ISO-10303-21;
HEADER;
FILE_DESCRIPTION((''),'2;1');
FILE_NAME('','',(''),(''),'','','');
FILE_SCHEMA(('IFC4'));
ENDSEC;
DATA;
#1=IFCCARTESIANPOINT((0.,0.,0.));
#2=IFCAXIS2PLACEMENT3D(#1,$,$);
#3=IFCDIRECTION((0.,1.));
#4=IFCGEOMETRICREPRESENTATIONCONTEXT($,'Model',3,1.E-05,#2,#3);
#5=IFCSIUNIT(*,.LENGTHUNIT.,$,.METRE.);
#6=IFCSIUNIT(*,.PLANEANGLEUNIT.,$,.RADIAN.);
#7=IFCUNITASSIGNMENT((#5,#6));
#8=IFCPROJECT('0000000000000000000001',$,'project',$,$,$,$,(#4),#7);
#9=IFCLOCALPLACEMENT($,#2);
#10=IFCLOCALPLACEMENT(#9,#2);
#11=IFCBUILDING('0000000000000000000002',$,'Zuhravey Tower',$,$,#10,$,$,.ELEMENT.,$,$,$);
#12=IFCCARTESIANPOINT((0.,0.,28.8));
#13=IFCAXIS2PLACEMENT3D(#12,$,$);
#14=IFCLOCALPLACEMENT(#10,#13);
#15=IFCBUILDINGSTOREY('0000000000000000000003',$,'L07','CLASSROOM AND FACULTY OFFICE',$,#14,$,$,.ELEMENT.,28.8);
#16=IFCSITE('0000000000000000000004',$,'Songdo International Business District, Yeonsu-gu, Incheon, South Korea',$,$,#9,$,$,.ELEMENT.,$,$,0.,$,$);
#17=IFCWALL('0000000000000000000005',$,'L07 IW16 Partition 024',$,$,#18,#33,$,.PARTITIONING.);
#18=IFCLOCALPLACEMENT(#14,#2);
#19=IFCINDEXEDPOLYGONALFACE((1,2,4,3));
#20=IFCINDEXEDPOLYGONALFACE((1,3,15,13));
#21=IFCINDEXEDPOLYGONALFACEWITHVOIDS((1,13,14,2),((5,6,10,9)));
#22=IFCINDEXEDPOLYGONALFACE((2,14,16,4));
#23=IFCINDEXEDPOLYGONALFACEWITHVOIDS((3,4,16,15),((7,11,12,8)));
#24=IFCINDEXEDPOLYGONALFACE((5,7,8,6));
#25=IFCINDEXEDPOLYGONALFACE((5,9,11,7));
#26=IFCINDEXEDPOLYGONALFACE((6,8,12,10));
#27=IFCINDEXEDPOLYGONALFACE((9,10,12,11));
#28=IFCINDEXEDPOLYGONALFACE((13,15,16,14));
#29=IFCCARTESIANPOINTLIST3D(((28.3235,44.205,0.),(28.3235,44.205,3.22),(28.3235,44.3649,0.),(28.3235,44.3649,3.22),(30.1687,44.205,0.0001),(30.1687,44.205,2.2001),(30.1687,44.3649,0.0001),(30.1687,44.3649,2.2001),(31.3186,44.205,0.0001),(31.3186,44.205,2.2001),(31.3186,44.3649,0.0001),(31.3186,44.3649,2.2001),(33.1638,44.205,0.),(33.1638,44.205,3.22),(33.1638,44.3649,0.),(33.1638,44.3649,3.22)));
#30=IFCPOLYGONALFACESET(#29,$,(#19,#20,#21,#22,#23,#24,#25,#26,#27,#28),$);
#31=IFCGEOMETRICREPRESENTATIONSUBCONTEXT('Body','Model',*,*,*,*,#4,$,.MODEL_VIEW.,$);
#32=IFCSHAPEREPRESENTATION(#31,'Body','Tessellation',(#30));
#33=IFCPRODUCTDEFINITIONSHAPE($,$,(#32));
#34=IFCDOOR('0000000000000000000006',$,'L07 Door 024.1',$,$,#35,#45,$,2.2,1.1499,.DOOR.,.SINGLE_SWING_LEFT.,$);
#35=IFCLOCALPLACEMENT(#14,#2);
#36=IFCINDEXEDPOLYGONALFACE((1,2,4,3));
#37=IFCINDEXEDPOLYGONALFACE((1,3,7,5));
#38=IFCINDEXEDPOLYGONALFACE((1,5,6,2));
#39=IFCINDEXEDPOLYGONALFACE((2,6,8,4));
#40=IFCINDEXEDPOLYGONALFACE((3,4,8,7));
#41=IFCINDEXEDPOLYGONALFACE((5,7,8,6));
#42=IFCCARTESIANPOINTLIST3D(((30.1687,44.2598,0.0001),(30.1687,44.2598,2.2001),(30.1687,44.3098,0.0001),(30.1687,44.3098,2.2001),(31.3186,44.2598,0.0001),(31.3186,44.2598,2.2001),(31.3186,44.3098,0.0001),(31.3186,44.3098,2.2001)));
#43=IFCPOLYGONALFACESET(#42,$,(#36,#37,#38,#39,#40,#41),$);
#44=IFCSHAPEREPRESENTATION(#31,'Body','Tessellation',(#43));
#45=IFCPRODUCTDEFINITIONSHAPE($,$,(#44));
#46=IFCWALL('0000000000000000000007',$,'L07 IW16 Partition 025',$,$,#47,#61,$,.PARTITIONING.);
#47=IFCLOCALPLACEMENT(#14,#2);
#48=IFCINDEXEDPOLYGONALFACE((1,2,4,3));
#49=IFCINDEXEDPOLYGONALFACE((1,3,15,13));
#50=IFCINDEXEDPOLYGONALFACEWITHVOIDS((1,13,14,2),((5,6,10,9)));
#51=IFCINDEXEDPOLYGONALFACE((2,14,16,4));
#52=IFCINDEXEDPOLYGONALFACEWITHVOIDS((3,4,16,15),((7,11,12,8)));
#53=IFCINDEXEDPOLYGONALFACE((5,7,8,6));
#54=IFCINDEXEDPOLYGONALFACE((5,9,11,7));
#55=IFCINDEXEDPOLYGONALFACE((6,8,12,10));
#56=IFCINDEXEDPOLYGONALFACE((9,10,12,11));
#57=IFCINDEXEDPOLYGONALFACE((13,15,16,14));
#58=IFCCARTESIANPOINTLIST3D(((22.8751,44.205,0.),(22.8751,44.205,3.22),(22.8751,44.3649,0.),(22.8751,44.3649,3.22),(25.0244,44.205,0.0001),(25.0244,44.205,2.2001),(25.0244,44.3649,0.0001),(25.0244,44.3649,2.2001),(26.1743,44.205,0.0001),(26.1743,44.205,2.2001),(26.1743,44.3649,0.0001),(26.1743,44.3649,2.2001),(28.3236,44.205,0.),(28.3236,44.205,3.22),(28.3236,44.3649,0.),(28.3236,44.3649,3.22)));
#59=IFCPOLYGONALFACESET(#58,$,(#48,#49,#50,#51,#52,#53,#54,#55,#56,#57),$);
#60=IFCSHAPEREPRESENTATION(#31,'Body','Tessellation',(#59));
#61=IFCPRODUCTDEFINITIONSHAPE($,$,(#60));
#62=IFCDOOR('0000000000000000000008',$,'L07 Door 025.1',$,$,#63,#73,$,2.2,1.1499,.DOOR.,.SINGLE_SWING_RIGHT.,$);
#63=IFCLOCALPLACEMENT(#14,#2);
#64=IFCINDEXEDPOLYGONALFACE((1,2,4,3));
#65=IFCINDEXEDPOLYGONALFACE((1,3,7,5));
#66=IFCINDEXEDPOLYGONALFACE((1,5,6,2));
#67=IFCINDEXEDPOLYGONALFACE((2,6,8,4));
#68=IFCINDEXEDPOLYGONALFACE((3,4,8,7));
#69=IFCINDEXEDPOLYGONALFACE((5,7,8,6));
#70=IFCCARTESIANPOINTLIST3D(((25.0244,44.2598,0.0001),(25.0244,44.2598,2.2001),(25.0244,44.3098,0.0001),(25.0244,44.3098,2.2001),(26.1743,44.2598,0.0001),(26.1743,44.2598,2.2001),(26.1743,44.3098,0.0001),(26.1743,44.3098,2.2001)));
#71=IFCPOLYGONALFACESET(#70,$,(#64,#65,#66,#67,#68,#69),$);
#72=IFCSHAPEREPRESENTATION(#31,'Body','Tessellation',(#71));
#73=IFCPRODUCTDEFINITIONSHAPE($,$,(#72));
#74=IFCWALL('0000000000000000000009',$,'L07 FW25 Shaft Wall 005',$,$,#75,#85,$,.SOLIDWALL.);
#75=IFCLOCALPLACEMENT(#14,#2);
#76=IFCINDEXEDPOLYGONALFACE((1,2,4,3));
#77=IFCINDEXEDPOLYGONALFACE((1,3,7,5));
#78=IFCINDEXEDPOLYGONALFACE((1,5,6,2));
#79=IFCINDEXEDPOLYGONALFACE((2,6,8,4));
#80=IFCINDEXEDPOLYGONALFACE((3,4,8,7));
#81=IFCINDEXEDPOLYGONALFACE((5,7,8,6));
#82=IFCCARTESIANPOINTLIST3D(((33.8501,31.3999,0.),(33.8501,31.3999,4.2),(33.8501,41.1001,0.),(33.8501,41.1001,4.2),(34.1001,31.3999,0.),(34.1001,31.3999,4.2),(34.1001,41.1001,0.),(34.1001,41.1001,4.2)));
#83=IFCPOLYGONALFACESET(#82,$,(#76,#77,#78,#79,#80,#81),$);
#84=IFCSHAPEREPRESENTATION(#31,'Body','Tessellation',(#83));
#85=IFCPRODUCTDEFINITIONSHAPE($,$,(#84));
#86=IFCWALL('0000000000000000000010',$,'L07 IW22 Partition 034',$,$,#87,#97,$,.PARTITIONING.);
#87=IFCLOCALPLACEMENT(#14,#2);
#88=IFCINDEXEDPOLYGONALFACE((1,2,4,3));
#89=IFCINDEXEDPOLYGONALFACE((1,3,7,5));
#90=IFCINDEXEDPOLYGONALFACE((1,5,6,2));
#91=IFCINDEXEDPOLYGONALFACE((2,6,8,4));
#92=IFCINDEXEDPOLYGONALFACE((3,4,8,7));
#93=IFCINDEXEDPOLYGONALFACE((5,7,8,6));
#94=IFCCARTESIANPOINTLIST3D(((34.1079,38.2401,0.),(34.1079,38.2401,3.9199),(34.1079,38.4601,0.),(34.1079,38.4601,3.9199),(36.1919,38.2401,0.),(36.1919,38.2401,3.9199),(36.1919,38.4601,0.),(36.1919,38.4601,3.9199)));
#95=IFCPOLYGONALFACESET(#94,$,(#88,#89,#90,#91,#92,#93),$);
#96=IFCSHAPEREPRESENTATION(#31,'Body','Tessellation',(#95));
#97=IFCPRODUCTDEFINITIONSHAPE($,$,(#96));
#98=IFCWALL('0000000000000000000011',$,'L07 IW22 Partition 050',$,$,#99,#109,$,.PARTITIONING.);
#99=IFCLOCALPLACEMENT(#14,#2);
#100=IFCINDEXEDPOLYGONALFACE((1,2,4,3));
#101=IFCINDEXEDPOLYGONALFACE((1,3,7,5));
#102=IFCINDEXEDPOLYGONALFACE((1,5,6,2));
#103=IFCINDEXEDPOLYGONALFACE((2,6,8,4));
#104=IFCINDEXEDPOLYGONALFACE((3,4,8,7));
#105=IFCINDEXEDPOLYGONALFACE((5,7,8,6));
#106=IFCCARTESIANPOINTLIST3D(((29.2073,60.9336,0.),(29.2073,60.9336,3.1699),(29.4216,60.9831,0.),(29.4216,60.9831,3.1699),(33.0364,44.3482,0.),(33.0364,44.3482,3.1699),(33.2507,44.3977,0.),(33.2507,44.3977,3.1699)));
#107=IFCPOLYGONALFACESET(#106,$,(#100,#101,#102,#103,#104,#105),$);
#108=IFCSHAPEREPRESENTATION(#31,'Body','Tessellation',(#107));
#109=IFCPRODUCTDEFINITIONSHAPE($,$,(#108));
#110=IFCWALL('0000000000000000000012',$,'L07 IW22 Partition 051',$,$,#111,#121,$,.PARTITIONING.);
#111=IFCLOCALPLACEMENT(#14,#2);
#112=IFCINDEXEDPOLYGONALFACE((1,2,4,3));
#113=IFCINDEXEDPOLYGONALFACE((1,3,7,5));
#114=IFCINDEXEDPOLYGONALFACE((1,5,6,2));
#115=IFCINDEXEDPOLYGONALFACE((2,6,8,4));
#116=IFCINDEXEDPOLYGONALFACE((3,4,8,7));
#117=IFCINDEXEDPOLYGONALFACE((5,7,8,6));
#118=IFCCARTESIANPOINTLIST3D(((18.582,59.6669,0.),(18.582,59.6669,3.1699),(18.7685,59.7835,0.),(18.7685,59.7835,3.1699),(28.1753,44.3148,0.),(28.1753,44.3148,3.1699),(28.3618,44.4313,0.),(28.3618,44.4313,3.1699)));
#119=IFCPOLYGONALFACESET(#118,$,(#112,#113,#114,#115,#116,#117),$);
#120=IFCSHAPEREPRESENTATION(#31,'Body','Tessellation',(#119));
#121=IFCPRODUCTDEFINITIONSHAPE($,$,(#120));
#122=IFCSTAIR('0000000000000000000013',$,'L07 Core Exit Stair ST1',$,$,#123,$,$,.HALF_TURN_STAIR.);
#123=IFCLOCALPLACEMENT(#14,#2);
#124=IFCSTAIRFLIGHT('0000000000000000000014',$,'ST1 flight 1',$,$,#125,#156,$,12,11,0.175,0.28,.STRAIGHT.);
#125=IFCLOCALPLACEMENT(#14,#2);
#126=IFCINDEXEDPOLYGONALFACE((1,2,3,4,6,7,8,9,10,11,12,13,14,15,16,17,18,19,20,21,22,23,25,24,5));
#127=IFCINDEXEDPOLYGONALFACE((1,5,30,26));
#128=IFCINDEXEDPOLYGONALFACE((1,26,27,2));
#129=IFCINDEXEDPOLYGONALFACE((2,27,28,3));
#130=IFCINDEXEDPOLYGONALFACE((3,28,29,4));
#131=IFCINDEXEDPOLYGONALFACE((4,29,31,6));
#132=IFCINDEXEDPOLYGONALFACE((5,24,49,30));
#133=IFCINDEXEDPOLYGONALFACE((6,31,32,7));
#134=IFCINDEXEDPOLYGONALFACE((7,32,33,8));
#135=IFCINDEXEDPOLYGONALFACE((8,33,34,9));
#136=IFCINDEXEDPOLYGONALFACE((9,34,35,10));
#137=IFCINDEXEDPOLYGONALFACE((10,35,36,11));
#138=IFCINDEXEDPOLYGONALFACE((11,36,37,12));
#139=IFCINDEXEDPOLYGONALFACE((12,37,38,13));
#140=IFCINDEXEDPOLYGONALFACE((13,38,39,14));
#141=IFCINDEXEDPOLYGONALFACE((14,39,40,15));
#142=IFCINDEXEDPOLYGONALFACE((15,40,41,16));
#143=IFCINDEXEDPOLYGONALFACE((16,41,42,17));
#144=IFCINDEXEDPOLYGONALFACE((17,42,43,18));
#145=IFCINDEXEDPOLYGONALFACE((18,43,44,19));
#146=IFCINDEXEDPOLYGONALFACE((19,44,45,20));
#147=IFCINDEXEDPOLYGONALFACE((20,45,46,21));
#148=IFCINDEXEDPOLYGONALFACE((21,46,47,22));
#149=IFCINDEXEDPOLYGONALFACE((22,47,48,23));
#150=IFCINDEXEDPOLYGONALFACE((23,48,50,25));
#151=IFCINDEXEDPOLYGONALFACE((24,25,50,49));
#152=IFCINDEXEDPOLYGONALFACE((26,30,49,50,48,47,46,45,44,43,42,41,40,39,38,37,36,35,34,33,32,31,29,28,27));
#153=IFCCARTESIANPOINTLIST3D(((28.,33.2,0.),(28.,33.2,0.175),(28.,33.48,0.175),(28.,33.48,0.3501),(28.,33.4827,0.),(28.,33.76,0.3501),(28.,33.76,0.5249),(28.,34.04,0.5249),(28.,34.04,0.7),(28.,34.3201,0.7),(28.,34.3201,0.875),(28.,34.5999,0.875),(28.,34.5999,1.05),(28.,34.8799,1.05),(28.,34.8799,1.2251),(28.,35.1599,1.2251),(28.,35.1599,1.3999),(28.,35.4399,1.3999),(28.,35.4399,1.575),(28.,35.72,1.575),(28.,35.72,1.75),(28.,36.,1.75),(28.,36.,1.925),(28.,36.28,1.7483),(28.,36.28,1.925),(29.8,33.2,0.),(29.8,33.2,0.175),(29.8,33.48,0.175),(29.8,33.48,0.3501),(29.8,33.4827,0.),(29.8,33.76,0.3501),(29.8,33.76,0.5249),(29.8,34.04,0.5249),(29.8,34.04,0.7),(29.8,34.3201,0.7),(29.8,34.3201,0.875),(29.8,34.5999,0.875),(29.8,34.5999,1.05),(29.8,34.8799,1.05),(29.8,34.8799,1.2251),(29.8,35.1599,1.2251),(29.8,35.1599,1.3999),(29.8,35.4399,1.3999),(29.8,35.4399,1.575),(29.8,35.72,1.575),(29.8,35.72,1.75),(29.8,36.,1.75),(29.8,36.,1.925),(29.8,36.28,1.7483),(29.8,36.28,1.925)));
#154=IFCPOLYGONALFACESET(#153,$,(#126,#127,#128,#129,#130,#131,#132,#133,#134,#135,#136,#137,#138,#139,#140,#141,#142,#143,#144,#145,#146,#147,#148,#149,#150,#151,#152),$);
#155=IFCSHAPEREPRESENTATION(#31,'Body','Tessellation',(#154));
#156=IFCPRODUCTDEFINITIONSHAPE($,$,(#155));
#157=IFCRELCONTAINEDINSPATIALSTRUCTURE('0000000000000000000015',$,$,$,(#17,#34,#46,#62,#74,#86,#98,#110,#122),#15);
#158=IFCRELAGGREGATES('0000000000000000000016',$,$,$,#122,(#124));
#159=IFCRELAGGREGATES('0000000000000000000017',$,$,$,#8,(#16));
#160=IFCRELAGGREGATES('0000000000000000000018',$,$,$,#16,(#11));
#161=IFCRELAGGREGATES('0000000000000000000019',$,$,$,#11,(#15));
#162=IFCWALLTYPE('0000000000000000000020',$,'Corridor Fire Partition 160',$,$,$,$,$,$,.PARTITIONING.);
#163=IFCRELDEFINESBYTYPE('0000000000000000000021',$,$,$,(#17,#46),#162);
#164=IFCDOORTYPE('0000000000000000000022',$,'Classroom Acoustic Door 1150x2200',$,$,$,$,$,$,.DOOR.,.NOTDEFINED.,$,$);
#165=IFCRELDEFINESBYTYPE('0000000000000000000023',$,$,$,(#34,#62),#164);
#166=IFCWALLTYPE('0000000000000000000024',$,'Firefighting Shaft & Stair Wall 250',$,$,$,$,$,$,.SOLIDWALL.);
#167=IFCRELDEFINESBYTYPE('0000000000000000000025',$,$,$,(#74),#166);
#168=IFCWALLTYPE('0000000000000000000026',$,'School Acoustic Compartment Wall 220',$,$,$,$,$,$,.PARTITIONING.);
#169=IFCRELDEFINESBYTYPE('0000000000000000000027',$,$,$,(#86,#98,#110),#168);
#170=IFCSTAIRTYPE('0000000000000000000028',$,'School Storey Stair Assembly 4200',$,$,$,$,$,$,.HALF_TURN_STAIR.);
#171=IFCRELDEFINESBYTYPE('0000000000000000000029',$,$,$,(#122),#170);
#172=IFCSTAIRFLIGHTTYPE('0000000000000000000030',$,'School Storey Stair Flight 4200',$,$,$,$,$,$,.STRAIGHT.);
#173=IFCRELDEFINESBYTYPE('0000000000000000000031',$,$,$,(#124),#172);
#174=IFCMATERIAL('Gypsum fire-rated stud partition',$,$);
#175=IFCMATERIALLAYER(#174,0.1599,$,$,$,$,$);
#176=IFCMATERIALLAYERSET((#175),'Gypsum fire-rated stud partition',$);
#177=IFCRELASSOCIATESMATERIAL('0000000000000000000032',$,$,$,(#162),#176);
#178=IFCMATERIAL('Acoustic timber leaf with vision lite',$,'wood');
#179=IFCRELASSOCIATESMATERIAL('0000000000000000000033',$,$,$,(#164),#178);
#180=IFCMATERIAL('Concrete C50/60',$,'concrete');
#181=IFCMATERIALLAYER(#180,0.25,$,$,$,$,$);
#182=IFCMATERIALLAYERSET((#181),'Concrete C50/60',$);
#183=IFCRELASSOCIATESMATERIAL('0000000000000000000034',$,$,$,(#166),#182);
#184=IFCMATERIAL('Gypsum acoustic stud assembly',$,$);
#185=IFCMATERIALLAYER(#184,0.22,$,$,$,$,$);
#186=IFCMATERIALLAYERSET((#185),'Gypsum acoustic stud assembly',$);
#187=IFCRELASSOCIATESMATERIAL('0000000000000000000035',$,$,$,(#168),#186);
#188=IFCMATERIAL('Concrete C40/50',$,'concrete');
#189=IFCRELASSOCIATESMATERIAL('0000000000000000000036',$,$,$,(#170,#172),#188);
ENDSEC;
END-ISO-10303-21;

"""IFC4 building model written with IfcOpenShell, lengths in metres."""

from ifc_helpers import new_model, si_unit, direction, frame, frame_2d, origin, place, context, subcontext, project, spatial, polyline, rectangle, outline, extrude, material, layer, layer_set, type_object, element, fill, aggregate, save


model = new_model("IFC4")

# Units and contexts
model_context = context("Model", 3, precision=1e-05, world=origin(), true_north=direction((0.0, 1.0)))
body_context = subcontext(model_context, "Body", "Model", "MODEL_VIEW")
ifc_project = project(units=[si_unit("LENGTHUNIT", "METRE"), si_unit("PLANEANGLEUNIT", "RADIAN")], contexts=[model_context])

# Site, building, storey
site_placement = place(None, origin())
site = spatial("IfcSite", under=ifc_project, at=site_placement, Name="Songdo International Business District, Yeonsu-gu, Incheon, South Korea", CompositionType="ELEMENT", RefElevation=0.0)
building_placement = place(site_placement, origin())
building = spatial("IfcBuilding", under=site, at=building_placement, Name="Zuhravey Tower", CompositionType="ELEMENT")
storey_placement = place(building_placement, frame((0.0, 0.0, 28.8)))
storey = spatial("IfcBuildingStorey", under=building, at=storey_placement, Name="L07", Description="CLASSROOM AND FACULTY OFFICE", CompositionType="ELEMENT", Elevation=28.8)

# Walls, openings, doors
ifc_material_1 = material(Name="Gypsum fire-rated stud partition")
ifc_layer_1 = layer(ifc_material_1, 0.1599)
ifc_layer_set_1 = layer_set([ifc_layer_1], Name="Gypsum fire-rated stud partition")
wall_type_1 = type_object("IfcWallType", Name="Corridor Fire Partition 160", PredefinedType="PARTITIONING", material=ifc_layer_set_1)
wall_1_placement = place(storey_placement, frame((33.1638, 44.2849, 0.0), z_axis=(0.0, 0.0, 1.0), x_axis=(-1.0, 0.0, 0.0)))
wall_1 = element("IfcWall", 1, at=wall_1_placement, inside=storey, type_object=wall_type_1, Name="L07 IW16 Partition 024", PredefinedType="PARTITIONING", context=body_context, shape_type="SweptSolid", body=[
    extrude(rectangle(XDim=4.8403, YDim=0.1599, at=frame_2d((2.4202, 0.0))), origin(), (0.0, 0.0, 1.0), 3.22),
])
opening_1_placement = place(wall_1_placement, frame((1.8452, 0.0, 0.0)))
opening_1 = element("IfcOpeningElement", 2, at=opening_1_placement, cuts=wall_1, PredefinedType="OPENING", context=body_context, shape_type="SweptSolid", body=[
    extrude(rectangle(XDim=1.1499, YDim=2.2, at=frame_2d((0.575, 1.1001))), frame((0.0, 0.092, 0.0), z_axis=(0.0, -1.0, 0.0), x_axis=(1.0, 0.0, 0.0)), (0.0, 0.0, 1.0), 0.1838),
])
ifc_material_2 = material(Name="Acoustic timber leaf with vision lite", Category="wood")
door_type = type_object("IfcDoorType", Name="Classroom Acoustic Door 1150x2200", OperationType="NOTDEFINED", PredefinedType="DOOR", material=ifc_material_2)
door_1_placement = place(opening_1_placement, frame((1.1499, 0.0, 0.0), z_axis=(0.0, 0.0, 1.0), x_axis=(-1.0, 0.0, 0.0)))
door_1 = element("IfcDoor", 3, at=door_1_placement, inside=storey, type_object=door_type, Name="L07 Door 024.1", OperationType="SINGLE_SWING_LEFT", OverallHeight=2.2, OverallWidth=1.1499, PredefinedType="DOOR", context=body_context, shape_type="SweptSolid", body=[
    extrude(rectangle(XDim=1.1499, YDim=2.2, at=frame_2d((0.575, 1.1001))), frame((0.0, 0.0249, 0.0), z_axis=(0.0, -1.0, 0.0), x_axis=(1.0, 0.0, 0.0)), (0.0, 0.0, 1.0), 0.05),
])
fill(opening_1, door_1)
wall_2_placement = place(storey_placement, frame((28.3235, 44.2849, 0.0), z_axis=(0.0, 0.0, 1.0), x_axis=(-1.0, 0.0, 0.0)))
wall_2 = element("IfcWall", 4, at=wall_2_placement, inside=storey, type_object=wall_type_1, Name="L07 IW16 Partition 025", PredefinedType="PARTITIONING", context=body_context, shape_type="SweptSolid", body=[
    extrude(rectangle(XDim=5.4485, YDim=0.1599, at=frame_2d((2.7241, 0.0))), origin(), (0.0, 0.0, 1.0), 3.22),
])
opening_2_placement = place(wall_2_placement, frame((2.1492, 0.0, 0.0)))
opening_2 = element("IfcOpeningElement", 5, at=opening_2_placement, cuts=wall_2, PredefinedType="OPENING", context=body_context, shape_type="SweptSolid", body=[
    extrude(rectangle(XDim=1.1499, YDim=2.2, at=frame_2d((0.575, 1.1001))), frame((0.0, 0.092, 0.0), z_axis=(0.0, -1.0, 0.0), x_axis=(1.0, 0.0, 0.0)), (0.0, 0.0, 1.0), 0.1838),
])
door_2_placement = place(opening_2_placement, frame((1.1499, 0.0, 0.0), z_axis=(0.0, 0.0, 1.0), x_axis=(-1.0, 0.0, 0.0)))
door_2 = element("IfcDoor", 6, at=door_2_placement, inside=storey, type_object=door_type, Name="L07 Door 025.1", OperationType="SINGLE_SWING_RIGHT", OverallHeight=2.2, OverallWidth=1.1499, PredefinedType="DOOR", context=body_context, shape_type="SweptSolid", body=[
    extrude(rectangle(XDim=1.1499, YDim=2.2, at=frame_2d((0.575, 1.1001))), frame((0.0, 0.0249, 0.0), z_axis=(0.0, -1.0, 0.0), x_axis=(1.0, 0.0, 0.0)), (0.0, 0.0, 1.0), 0.05),
])
fill(opening_2, door_2)

# Walls
ifc_material_3 = material(Name="Concrete C50/60", Category="concrete")
ifc_layer_2 = layer(ifc_material_3, 0.25)
ifc_layer_set_2 = layer_set([ifc_layer_2], Name="Concrete C50/60")
wall_type_2 = type_object("IfcWallType", Name="Firefighting Shaft & Stair Wall 250", PredefinedType="SOLIDWALL", material=ifc_layer_set_2)
wall_3_placement = place(storey_placement, frame((33.9751, 31.3999, 0.0), z_axis=(0.0, 0.0, 1.0), x_axis=(0.0, 1.0, 0.0)))
element("IfcWall", 7, at=wall_3_placement, inside=storey, type_object=wall_type_2, Name="L07 FW25 Shaft Wall 005", PredefinedType="SOLIDWALL", context=body_context, shape_type="SweptSolid", body=[
    extrude(rectangle(XDim=9.7002, YDim=0.25, at=frame_2d((4.8501, 0.0))), origin(), (0.0, 0.0, 1.0), 4.2),
])
ifc_material_4 = material(Name="Gypsum acoustic stud assembly")
ifc_layer_3 = layer(ifc_material_4, 0.22)
ifc_layer_set_3 = layer_set([ifc_layer_3], Name="Gypsum acoustic stud assembly")
wall_type_3 = type_object("IfcWallType", Name="School Acoustic Compartment Wall 220", PredefinedType="PARTITIONING", material=ifc_layer_set_3)
wall_4_placement = place(storey_placement, frame((34.1079, 38.3501, 0.0), z_axis=(0.0, 0.0, 1.0), x_axis=(1.0, 0.0, 0.0)))
element("IfcWall", 8, at=wall_4_placement, inside=storey, type_object=wall_type_3, Name="L07 IW22 Partition 034", PredefinedType="PARTITIONING", context=body_context, shape_type="SweptSolid", body=[
    extrude(rectangle(XDim=2.084, YDim=0.22, at=frame_2d((1.042, 0.0))), origin(), (0.0, 0.0, 1.0), 3.9199),
])
wall_5_placement = place(storey_placement, frame((33.1436, 44.373, 0.0), z_axis=(0.0, 0.0, 1.0), x_axis=(-0.224954, 0.974369, 0.0)))
element("IfcWall", 9, at=wall_5_placement, inside=storey, type_object=wall_type_3, Name="L07 IW22 Partition 050", PredefinedType="PARTITIONING", context=body_context, shape_type="SweptSolid", body=[
    extrude(rectangle(XDim=17.0217, YDim=0.22, at=frame_2d((8.5107, 0.0))), origin(), (0.0, 0.0, 1.0), 3.1699),
])
wall_6_placement = place(storey_placement, frame((28.2686, 44.373, 0.0), z_axis=(0.0, 0.0, 1.0), x_axis=(-0.529929, 0.848042, 0.0)))
element("IfcWall", 10, at=wall_6_placement, inside=storey, type_object=wall_type_3, Name="L07 IW22 Partition 051", PredefinedType="PARTITIONING", context=body_context, shape_type="SweptSolid", body=[
    extrude(rectangle(XDim=18.103, YDim=0.22, at=frame_2d((9.0515, 0.0))), origin(), (0.0, 0.0, 1.0), 3.1699),
])

# Stair, stair flight
ifc_material_5 = material(Name="Concrete C40/50", Category="concrete")
stair_type = type_object("IfcStairType", Name="School Storey Stair Assembly 4200", PredefinedType="HALF_TURN_STAIR", material=ifc_material_5)
stair_1_placement = place(storey_placement, origin())
stair_1 = element("IfcStair", 11, at=stair_1_placement, inside=storey, type_object=stair_type, Name="L07 Core Exit Stair ST1", PredefinedType="HALF_TURN_STAIR")
stair_flight_type = type_object("IfcStairFlightType", Name="School Storey Stair Flight 4200", PredefinedType="STRAIGHT", material=ifc_material_5)
stair_flight_1_placement = place(storey_placement, frame((28.8999, 33.2, 0.0), z_axis=(0.0, 0.0, 1.0), x_axis=(0.0, 1.0, 0.0)))
stair_flight_1 = element("IfcStairFlight", 12, at=stair_flight_1_placement, type_object=stair_flight_type, Name="ST1 flight 1", NumberOfRisers=12, NumberOfTreads=11, PredefinedType="STRAIGHT", RiserHeight=0.175, TreadLength=0.28, context=body_context, shape_type="SweptSolid", body=[
    extrude(outline(polyline([(0.0, 0.0), (0.0, 0.175), (0.28, 0.175), (0.28, 0.3501), (0.5601, 0.3501), (0.5601, 0.5249), (0.8401, 0.5249), (0.8401, 0.7), (1.1201, 0.7), (1.1201, 0.875), (1.3999, 0.875), (1.3999, 1.05), (1.6799, 1.05), (1.6799, 1.2251), (1.96, 1.2251), (1.96, 1.3999), (2.24, 1.3999), (2.24, 1.575), (2.52, 1.575), (2.52, 1.75), (2.8, 1.75), (2.8, 1.925), (3.0801, 1.925), (3.0801, 2.1001), (3.0801, 1.7483), (0.2827, 0.0), (0.0, 0.0)])), frame((0.0, 0.8999, 0.0), z_axis=(0.0, -1.0, 0.0), x_axis=(1.0, 0.0, 0.0)), (0.0, 0.0, 1.0), 1.8),
])
aggregate(stair_1, [stair_flight_1])

save(model, "model.ifc")
